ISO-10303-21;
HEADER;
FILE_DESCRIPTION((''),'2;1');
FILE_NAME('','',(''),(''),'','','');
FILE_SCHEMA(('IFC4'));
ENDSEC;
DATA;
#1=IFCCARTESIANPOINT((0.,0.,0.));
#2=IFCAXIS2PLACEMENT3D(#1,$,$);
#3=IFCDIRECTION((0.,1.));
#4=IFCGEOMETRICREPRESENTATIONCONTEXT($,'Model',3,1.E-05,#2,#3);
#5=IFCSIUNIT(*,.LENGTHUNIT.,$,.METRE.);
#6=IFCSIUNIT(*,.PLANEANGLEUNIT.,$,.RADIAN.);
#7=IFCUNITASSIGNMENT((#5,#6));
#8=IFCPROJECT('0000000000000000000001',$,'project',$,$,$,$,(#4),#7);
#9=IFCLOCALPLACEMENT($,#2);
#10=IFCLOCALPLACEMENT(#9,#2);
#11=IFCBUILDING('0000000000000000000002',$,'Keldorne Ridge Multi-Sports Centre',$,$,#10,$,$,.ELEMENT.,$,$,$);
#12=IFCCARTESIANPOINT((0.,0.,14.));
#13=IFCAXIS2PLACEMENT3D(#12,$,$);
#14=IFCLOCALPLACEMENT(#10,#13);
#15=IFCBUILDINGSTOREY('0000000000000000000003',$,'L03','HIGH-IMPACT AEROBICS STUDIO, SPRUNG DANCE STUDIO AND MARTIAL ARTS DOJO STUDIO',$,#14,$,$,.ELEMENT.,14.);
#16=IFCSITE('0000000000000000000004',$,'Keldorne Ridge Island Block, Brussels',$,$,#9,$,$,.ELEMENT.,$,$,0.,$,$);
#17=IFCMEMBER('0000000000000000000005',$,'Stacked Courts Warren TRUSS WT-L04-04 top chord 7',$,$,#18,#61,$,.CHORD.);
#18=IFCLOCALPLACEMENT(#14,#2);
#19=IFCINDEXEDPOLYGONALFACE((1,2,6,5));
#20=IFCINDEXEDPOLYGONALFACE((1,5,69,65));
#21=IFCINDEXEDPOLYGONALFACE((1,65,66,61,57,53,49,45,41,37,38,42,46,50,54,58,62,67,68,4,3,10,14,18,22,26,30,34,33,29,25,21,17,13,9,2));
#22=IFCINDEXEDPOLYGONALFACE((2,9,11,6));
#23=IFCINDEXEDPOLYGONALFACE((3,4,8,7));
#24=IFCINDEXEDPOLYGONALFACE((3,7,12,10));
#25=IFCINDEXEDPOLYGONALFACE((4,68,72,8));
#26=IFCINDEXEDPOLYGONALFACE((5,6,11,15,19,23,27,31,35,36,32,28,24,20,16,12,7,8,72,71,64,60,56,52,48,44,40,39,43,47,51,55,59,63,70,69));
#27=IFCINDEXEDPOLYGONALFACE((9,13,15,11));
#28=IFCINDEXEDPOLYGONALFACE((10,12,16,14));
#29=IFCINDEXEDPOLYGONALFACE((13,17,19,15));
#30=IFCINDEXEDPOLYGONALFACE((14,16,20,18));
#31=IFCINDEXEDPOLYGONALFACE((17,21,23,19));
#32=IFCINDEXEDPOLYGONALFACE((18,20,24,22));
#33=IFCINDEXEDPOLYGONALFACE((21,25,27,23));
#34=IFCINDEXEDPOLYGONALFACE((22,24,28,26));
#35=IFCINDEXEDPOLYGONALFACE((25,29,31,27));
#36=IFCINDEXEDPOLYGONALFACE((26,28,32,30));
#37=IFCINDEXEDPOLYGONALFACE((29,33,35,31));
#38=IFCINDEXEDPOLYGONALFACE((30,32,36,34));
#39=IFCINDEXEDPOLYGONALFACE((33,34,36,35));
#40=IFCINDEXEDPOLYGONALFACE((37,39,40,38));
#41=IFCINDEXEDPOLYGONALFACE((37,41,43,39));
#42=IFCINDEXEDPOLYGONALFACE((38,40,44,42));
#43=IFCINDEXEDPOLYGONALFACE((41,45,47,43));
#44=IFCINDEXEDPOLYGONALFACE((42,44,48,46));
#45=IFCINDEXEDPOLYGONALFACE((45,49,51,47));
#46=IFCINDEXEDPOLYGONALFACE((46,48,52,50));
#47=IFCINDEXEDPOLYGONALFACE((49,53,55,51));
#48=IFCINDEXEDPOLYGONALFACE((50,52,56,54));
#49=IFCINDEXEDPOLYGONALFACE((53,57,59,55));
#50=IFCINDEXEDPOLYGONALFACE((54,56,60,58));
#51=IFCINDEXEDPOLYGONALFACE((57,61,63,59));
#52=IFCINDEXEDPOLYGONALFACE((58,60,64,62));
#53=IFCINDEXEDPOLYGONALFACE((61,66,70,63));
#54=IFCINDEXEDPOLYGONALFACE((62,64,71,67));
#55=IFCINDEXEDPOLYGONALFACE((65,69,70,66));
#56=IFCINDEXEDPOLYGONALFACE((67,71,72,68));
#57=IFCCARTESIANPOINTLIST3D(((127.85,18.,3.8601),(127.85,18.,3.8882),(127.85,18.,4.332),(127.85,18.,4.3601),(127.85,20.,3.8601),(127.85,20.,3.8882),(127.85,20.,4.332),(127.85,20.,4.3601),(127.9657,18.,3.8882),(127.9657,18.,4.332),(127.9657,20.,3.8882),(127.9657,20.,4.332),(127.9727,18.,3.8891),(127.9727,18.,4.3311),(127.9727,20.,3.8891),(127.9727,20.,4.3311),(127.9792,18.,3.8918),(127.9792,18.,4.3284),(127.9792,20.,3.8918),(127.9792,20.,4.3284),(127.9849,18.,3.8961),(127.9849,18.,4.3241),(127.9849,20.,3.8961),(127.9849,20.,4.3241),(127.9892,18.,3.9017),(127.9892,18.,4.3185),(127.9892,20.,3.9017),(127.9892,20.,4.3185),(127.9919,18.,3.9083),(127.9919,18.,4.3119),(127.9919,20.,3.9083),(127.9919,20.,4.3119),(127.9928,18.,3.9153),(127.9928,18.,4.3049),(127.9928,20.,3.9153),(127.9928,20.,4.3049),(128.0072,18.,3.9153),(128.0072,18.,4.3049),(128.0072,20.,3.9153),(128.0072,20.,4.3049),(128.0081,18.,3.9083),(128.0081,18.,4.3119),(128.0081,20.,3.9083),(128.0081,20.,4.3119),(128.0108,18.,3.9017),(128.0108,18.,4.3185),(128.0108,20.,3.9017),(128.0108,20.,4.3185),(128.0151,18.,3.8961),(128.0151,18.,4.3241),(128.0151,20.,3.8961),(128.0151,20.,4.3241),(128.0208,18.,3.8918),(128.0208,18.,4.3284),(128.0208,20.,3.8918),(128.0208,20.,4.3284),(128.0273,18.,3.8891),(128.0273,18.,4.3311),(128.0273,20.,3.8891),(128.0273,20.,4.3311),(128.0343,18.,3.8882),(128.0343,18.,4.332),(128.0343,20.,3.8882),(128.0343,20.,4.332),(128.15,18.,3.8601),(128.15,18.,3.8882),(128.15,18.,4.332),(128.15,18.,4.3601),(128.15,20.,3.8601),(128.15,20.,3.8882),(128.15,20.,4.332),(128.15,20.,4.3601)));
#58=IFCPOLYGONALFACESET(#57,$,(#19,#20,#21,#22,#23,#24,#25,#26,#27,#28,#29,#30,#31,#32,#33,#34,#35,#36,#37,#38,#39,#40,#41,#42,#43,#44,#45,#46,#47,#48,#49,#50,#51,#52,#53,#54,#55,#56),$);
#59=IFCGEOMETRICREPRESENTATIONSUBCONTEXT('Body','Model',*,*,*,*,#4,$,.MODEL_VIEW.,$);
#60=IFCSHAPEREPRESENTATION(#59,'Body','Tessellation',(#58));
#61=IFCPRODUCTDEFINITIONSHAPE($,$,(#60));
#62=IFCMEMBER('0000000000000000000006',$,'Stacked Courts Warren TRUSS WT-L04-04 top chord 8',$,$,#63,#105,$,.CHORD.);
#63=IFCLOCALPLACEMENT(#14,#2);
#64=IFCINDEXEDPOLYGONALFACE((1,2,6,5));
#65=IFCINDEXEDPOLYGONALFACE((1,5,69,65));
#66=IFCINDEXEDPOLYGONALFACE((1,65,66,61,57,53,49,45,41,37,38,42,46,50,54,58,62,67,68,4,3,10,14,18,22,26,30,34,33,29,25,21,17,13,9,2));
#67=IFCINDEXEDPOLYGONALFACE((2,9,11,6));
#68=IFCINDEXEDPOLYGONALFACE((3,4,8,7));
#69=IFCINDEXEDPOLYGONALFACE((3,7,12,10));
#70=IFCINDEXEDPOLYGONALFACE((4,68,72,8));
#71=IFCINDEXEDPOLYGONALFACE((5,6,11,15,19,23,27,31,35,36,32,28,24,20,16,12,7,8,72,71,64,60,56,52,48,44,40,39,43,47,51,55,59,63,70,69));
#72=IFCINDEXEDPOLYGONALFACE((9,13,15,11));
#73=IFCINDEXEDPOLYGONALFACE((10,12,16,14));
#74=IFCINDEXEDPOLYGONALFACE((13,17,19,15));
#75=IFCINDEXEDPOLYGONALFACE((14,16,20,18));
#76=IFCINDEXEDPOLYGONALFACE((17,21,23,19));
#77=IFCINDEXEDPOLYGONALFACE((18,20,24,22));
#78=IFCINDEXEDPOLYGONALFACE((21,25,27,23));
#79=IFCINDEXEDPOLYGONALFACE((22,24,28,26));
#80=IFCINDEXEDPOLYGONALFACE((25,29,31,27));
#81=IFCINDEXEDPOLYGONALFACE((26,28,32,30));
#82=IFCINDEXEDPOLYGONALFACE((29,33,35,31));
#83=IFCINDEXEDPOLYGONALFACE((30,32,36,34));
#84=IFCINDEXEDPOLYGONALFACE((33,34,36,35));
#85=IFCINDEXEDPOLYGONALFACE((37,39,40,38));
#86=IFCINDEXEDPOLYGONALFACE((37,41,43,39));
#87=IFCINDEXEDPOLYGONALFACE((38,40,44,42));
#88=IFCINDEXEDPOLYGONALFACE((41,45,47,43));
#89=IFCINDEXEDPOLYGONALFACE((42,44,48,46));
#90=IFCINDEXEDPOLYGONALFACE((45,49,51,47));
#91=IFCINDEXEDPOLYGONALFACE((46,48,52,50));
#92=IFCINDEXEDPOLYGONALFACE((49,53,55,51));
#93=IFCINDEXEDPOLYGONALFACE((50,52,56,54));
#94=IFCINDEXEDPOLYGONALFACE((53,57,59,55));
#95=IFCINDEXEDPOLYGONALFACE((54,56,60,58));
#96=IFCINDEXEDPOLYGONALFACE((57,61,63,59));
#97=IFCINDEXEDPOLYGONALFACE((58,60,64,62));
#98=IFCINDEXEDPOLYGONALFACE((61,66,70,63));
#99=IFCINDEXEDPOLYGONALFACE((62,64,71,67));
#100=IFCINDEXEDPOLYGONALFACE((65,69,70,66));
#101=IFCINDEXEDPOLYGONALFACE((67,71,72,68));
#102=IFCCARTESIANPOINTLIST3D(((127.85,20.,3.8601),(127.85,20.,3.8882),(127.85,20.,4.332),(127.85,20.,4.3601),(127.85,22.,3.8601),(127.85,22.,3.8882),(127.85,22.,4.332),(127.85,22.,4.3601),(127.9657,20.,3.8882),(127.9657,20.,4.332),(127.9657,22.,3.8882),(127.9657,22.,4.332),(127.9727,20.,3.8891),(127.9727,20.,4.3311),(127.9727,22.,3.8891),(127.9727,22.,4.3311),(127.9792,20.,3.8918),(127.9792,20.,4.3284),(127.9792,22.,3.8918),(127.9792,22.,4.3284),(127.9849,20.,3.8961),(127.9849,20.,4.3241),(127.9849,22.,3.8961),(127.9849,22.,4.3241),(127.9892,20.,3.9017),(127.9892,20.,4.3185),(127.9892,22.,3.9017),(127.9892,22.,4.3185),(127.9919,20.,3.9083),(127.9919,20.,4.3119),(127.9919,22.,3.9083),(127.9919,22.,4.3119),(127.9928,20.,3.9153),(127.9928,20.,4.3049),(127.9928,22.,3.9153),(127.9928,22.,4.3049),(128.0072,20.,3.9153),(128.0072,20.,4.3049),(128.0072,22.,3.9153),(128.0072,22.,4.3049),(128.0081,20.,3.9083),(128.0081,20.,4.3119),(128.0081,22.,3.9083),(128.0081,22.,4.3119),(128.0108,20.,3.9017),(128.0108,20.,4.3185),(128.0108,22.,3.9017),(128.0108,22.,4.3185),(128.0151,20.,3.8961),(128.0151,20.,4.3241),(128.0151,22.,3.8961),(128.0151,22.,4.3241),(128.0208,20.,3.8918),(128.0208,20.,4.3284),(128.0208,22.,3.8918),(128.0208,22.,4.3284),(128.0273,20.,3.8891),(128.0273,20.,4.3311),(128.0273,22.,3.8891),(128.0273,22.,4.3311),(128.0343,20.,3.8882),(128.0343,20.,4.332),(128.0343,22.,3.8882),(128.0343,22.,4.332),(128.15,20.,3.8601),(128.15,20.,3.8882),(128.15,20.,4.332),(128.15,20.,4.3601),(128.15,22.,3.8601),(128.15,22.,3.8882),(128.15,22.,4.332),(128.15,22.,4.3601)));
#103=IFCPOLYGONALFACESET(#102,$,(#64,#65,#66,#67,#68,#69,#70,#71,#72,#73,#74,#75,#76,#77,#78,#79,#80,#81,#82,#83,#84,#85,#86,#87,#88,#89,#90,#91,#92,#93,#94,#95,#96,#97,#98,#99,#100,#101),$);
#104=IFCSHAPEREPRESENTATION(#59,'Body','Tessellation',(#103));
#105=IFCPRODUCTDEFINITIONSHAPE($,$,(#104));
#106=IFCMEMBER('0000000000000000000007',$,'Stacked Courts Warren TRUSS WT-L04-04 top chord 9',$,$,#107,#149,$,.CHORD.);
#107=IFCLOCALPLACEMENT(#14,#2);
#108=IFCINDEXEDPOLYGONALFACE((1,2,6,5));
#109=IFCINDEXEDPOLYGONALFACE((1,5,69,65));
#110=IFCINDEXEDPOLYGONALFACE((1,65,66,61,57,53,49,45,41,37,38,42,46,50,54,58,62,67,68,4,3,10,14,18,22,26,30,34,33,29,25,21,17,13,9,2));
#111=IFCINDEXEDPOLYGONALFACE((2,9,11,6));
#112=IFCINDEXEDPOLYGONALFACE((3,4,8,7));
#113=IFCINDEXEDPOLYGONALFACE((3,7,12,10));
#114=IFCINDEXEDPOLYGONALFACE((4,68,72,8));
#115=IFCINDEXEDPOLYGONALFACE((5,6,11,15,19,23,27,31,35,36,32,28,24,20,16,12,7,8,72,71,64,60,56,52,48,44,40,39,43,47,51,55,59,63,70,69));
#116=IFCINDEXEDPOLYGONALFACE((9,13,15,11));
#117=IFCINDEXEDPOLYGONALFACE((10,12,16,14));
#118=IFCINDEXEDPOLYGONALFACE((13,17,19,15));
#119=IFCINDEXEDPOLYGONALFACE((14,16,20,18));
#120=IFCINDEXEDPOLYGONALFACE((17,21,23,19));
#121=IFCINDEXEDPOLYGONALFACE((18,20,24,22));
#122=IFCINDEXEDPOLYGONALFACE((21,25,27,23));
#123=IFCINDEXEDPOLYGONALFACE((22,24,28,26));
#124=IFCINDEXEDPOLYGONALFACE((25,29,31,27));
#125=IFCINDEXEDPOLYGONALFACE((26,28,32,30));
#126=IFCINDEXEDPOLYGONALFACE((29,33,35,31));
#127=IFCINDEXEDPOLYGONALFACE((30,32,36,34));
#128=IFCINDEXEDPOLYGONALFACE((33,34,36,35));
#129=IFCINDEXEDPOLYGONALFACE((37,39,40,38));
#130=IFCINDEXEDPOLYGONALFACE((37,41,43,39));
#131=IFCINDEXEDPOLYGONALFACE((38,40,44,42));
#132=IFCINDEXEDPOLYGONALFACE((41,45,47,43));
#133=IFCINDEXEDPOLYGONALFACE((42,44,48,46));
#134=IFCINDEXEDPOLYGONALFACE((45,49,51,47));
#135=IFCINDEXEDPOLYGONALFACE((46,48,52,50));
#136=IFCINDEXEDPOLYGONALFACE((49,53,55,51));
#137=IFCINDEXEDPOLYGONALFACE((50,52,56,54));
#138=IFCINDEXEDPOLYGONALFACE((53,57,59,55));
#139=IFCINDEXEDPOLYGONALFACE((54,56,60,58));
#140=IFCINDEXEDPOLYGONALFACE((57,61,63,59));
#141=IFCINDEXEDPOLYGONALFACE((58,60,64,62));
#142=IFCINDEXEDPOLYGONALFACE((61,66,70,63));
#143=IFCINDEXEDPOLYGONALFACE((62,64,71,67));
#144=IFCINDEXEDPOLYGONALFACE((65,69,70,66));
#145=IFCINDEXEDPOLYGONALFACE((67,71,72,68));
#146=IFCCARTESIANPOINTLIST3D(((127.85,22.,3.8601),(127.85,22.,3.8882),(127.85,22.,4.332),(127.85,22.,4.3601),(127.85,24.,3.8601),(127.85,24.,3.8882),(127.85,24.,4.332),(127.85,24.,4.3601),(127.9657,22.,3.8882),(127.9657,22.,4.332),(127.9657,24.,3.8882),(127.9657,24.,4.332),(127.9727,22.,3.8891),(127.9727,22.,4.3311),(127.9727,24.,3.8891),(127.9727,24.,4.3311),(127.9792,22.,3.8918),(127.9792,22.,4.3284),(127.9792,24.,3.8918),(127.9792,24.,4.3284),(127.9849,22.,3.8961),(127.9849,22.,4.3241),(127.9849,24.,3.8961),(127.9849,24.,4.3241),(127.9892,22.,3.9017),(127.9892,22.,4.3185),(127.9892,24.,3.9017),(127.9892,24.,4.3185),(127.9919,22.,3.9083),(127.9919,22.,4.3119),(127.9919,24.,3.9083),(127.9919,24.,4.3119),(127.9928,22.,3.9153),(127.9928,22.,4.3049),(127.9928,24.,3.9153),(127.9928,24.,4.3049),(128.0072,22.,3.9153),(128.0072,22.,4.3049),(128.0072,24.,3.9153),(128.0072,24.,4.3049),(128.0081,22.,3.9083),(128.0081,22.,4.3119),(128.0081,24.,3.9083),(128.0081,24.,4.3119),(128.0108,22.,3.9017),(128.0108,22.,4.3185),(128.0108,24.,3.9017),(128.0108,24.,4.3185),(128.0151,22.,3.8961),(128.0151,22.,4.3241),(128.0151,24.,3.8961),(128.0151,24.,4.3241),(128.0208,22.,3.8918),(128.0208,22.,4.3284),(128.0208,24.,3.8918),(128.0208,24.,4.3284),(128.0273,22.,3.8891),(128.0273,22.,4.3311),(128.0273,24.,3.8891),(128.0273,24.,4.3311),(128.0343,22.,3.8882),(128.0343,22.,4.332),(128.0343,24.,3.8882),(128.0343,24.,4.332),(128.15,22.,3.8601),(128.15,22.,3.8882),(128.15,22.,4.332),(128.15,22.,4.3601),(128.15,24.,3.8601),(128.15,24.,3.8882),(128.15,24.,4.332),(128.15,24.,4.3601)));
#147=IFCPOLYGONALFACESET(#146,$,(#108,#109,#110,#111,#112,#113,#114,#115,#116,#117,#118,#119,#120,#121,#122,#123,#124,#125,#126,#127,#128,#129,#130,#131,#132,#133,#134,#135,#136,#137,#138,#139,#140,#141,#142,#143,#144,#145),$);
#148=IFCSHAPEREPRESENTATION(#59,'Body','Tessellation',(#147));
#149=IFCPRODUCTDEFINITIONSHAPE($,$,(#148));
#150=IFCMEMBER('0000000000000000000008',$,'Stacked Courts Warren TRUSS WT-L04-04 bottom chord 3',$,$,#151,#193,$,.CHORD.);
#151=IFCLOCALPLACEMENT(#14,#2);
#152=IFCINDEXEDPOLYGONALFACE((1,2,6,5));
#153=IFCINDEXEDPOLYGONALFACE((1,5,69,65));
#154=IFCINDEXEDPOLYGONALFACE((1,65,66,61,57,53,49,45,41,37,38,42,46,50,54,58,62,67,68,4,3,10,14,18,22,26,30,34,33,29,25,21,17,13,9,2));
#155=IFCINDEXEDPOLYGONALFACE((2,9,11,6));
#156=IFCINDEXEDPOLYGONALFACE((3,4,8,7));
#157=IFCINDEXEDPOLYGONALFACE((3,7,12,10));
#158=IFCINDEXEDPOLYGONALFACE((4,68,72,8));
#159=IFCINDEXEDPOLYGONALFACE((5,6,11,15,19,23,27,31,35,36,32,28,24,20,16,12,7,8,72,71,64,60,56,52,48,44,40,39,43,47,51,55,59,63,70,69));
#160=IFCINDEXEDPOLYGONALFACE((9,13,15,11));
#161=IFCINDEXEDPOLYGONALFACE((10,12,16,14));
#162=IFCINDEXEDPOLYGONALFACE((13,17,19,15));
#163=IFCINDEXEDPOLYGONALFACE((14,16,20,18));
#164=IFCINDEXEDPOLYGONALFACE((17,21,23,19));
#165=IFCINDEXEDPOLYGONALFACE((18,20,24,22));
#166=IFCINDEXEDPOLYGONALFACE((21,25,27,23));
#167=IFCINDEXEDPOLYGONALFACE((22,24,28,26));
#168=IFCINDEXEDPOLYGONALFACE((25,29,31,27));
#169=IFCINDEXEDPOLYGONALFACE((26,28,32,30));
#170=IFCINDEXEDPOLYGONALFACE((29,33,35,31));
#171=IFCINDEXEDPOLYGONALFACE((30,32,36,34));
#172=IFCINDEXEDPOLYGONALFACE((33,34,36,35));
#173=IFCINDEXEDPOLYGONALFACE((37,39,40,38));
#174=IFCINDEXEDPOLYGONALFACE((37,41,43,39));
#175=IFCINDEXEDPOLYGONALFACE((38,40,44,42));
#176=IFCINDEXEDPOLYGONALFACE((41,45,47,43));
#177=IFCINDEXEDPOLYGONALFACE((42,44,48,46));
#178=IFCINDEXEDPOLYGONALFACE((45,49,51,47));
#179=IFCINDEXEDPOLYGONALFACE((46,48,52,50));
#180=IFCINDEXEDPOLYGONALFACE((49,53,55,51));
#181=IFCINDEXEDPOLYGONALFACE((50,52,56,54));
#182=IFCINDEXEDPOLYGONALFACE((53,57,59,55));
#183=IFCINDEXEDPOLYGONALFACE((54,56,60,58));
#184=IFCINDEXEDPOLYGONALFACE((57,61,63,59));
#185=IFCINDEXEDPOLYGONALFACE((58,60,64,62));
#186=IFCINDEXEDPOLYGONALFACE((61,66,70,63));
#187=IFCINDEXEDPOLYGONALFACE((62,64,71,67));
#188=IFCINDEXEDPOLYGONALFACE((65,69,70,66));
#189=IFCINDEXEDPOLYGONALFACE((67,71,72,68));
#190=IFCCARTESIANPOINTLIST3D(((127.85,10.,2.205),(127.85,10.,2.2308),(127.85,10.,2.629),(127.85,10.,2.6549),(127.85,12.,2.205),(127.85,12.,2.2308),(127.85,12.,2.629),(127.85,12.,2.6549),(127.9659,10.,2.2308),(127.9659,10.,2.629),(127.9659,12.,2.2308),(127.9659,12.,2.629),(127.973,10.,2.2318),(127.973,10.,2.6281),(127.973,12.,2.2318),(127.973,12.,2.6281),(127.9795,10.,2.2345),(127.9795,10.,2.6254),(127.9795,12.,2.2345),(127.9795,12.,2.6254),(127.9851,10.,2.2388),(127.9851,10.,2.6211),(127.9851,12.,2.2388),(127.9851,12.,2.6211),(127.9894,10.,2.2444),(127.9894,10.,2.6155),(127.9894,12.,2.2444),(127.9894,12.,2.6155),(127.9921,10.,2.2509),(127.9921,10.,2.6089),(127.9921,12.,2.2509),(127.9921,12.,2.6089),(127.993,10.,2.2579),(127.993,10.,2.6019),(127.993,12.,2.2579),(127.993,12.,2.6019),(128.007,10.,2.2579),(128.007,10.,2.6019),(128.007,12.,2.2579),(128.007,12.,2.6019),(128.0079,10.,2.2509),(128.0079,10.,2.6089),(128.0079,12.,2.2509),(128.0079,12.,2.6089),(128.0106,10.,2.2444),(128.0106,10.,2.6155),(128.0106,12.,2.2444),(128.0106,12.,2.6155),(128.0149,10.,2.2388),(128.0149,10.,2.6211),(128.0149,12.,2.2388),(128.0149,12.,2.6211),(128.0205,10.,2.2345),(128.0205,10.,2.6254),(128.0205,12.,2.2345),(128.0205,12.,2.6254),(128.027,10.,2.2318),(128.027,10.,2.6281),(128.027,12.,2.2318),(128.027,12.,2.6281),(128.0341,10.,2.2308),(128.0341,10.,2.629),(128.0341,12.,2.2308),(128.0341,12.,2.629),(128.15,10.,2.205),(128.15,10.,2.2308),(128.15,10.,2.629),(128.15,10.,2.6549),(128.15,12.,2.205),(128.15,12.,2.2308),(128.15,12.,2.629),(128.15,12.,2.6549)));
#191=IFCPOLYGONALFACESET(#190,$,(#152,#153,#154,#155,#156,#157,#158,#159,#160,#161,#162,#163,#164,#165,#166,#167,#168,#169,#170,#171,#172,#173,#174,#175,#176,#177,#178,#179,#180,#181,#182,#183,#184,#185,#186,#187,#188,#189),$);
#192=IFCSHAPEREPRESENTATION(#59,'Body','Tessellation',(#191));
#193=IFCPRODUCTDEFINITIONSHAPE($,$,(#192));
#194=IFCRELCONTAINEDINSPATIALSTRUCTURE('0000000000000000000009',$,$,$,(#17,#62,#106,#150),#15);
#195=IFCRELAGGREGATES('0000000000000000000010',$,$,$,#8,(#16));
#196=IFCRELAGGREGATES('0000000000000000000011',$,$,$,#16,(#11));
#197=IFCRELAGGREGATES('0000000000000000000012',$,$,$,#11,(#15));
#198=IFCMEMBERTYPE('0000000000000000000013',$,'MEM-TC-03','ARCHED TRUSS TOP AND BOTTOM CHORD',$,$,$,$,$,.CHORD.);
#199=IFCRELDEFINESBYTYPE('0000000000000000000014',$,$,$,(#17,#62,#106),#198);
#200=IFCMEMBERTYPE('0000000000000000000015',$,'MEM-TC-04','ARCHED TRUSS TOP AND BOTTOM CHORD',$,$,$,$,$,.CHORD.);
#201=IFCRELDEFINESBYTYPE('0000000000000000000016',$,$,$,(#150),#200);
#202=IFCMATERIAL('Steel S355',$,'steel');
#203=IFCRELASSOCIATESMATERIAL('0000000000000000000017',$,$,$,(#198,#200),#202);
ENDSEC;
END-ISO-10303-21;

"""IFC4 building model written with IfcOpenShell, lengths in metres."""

from ifc_helpers import new_model, si_unit, direction, frame, origin, origin_2d, place, context, subcontext, project, spatial, i_section, extrude, material, material_profile, profile_set, type_object, element, save


model = new_model("IFC4")

# Units and contexts
model_context = context("Model", 3, precision=1e-05, world=origin(), true_north=direction((0.0, 1.0)))
body_context = subcontext(model_context, "Body", "Model", "MODEL_VIEW")
ifc_project = project(units=[si_unit("LENGTHUNIT", "METRE"), si_unit("PLANEANGLEUNIT", "RADIAN")], contexts=[model_context])

# Site, building, storey
site_placement = place(None, origin())
site = spatial("IfcSite", under=ifc_project, at=site_placement, Name="Keldorne Ridge Island Block, Brussels", CompositionType="ELEMENT", RefElevation=0.0)
building_placement = place(site_placement, origin())
building = spatial("IfcBuilding", under=site, at=building_placement, Name="Keldorne Ridge Multi-Sports Centre", CompositionType="ELEMENT")
storey_placement = place(building_placement, frame((0.0, 0.0, 14.0)))
storey = spatial("IfcBuildingStorey", under=building, at=storey_placement, Name="L03", Description="HIGH-IMPACT AEROBICS STUDIO, SPRUNG DANCE STUDIO AND MARTIAL ARTS DOJO STUDIO", CompositionType="ELEMENT", Elevation=14.0)

# Members
ifc_material = material(Name="Steel S355", Category="steel")
ifc_material_profile_1 = material_profile(ifc_material, i_section(OverallWidth=0.3, OverallDepth=0.5, WebThickness=0.0144, FlangeThickness=0.0281, FilletRadius=0.0271, at=origin_2d()), Name="HEB 500")
ifc_profile_set_1 = profile_set([ifc_material_profile_1], Name="Steel S355")
member_type_1 = type_object("IfcMemberType", Name="MEM-TC-03", Description="ARCHED TRUSS TOP AND BOTTOM CHORD", PredefinedType="CHORD", material=ifc_profile_set_1)
for number, where, z_axis, x_axis, name in (
    (1, (128.0, 18.0, 4.1101), (0.0, 1.0, 0.0), (-1.0, 0.0, 0.0), "Stacked Courts Warren TRUSS WT-L04-04 top chord 7"),
    (2, (128.0, 20.0, 4.1101), (0.0, 1.0, 0.0), (-1.0, 0.0, 0.0), "Stacked Courts Warren TRUSS WT-L04-04 top chord 8"),
    (3, (128.0, 22.0, 4.1101), (0.0, 1.0, 0.0), (-1.0, 0.0, 0.0), "Stacked Courts Warren TRUSS WT-L04-04 top chord 9"),
):
    element("IfcMember", number, at=place(storey_placement, frame(where, z_axis=z_axis, x_axis=x_axis)), inside=storey, type_object=member_type_1, Name=name, PredefinedType="CHORD", context=body_context, shape_type="SweptSolid", body=[
        extrude(i_section(OverallWidth=0.3, OverallDepth=0.5, WebThickness=0.0144, FlangeThickness=0.0281, FilletRadius=0.0271, at=origin_2d()), origin(), (0.0, 0.0, 1.0), 2.0),
    ])
ifc_material_profile_2 = material_profile(ifc_material, i_section(OverallWidth=0.3, OverallDepth=0.45, WebThickness=0.0139, FlangeThickness=0.0259, FilletRadius=0.0271, at=origin_2d()), Name="HEB 450")
ifc_profile_set_2 = profile_set([ifc_material_profile_2], Name="Steel S355")
member_type_2 = type_object("IfcMemberType", Name="MEM-TC-04", Description="ARCHED TRUSS TOP AND BOTTOM CHORD", PredefinedType="CHORD", material=ifc_profile_set_2)
for number, where, z_axis, x_axis, name in (
    (4, (128.0, 10.0, 2.4299), (0.0, 1.0, 0.0), (-1.0, 0.0, 0.0), "Stacked Courts Warren TRUSS WT-L04-04 bottom chord 3"),
):
    element("IfcMember", number, at=place(storey_placement, frame(where, z_axis=z_axis, x_axis=x_axis)), inside=storey, type_object=member_type_2, Name=name, PredefinedType="CHORD", context=body_context, shape_type="SweptSolid", body=[
        extrude(i_section(OverallWidth=0.3, OverallDepth=0.45, WebThickness=0.0139, FlangeThickness=0.0259, FilletRadius=0.0271, at=origin_2d()), origin(), (0.0, 0.0, 1.0), 2.0),
    ])

save(model, "model.ifc")
